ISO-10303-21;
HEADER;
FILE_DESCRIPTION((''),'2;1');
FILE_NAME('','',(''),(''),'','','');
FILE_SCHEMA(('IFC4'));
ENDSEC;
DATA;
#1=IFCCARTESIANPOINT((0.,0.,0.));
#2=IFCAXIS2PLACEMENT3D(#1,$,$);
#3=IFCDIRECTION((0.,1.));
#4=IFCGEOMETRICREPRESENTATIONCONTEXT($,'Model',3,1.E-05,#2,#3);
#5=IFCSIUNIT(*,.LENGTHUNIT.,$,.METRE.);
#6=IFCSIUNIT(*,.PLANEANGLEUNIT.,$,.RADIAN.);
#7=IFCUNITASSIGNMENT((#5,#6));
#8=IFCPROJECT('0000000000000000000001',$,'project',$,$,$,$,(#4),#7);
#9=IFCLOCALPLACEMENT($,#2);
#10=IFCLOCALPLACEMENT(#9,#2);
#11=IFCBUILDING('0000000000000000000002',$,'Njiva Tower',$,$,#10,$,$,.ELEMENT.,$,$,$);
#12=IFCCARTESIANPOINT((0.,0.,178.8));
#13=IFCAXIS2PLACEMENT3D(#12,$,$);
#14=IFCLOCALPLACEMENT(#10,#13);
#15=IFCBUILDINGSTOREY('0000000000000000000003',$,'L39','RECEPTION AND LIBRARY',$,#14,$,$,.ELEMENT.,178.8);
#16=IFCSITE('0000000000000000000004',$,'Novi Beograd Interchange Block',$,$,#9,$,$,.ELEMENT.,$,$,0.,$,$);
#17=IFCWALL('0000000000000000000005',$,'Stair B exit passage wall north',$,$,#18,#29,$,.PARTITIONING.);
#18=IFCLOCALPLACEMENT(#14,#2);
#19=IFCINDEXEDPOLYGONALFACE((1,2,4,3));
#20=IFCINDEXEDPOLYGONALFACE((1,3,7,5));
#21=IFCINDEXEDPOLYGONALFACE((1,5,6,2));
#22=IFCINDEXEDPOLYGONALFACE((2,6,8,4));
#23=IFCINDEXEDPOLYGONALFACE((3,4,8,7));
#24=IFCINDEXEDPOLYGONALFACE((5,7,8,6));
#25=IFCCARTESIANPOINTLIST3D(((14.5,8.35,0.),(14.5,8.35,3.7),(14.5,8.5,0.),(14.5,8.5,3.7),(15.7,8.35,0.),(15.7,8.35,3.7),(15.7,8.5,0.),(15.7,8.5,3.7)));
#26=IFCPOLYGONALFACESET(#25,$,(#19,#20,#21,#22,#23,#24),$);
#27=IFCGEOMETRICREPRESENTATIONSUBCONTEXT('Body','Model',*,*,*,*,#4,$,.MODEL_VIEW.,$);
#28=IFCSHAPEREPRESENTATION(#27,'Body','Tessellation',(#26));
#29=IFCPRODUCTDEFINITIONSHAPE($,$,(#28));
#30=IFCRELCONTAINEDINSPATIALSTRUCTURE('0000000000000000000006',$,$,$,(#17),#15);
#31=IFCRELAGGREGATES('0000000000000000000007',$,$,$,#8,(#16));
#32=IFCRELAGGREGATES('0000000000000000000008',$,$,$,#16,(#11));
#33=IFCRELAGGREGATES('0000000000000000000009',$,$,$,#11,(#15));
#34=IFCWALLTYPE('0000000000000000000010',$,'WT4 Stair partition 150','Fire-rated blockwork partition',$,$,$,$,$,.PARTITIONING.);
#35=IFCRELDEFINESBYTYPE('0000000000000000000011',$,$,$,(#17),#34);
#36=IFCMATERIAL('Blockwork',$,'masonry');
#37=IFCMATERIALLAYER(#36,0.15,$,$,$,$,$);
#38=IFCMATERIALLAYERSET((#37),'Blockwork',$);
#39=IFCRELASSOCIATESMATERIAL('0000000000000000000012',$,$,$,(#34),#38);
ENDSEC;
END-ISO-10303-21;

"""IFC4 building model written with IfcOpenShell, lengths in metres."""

from ifc_helpers import new_model, si_unit, direction, frame, frame_2d, origin, place, context, subcontext, project, spatial, rectangle, extrude, material, layer, layer_set, type_object, element, save


model = new_model("IFC4")

# Units and contexts
model_context = context("Model", 3, precision=1e-05, world=origin(), true_north=direction((0.0, 1.0)))
body_context = subcontext(model_context, "Body", "Model", "MODEL_VIEW")
ifc_project = project(units=[si_unit("LENGTHUNIT", "METRE"), si_unit("PLANEANGLEUNIT", "RADIAN")], contexts=[model_context])

# Site, building, storey
site_placement = place(None, origin())
site = spatial("IfcSite", under=ifc_project, at=site_placement, Name="Novi Beograd Interchange Block", CompositionType="ELEMENT", RefElevation=0.0)
building_placement = place(site_placement, origin())
building = spatial("IfcBuilding", under=site, at=building_placement, Name="Njiva Tower", CompositionType="ELEMENT")
storey_placement = place(building_placement, frame((0.0, 0.0, 178.8)))
storey = spatial("IfcBuildingStorey", under=building, at=storey_placement, Name="L39", Description="RECEPTION AND LIBRARY", CompositionType="ELEMENT", Elevation=178.8)

# Shared definitions
ifc_material_1 = material(Name="Blockwork", Category="masonry")

# Wall
ifc_layer_1 = layer(ifc_material_1, 0.15)
ifc_layer_set_1 = layer_set([ifc_layer_1], Name="Blockwork")
wall_type_1 = type_object("IfcWallType", Name="WT4 Stair partition 150", Description="Fire-rated blockwork partition", PredefinedType="PARTITIONING", material=ifc_layer_set_1)
for number, where, z_axis, x_axis, name in (
    (1, (14.5, 8.425, 0.0), (0.0, 0.0, 1.0), (1.0, 0.0, 0.0), "Stair B exit passage wall north"),
):
    element("IfcWall", number, at=place(storey_placement, frame(where, z_axis=z_axis, x_axis=x_axis)), inside=storey, type_object=wall_type_1, Name=name, PredefinedType="PARTITIONING", context=body_context, shape_type="SweptSolid", body=[
        extrude(rectangle(XDim=1.2, YDim=0.15, at=frame_2d((0.6, 0.0))), origin(), (0.0, 0.0, 1.0), 3.7),
    ])

save(model, "model.ifc")
